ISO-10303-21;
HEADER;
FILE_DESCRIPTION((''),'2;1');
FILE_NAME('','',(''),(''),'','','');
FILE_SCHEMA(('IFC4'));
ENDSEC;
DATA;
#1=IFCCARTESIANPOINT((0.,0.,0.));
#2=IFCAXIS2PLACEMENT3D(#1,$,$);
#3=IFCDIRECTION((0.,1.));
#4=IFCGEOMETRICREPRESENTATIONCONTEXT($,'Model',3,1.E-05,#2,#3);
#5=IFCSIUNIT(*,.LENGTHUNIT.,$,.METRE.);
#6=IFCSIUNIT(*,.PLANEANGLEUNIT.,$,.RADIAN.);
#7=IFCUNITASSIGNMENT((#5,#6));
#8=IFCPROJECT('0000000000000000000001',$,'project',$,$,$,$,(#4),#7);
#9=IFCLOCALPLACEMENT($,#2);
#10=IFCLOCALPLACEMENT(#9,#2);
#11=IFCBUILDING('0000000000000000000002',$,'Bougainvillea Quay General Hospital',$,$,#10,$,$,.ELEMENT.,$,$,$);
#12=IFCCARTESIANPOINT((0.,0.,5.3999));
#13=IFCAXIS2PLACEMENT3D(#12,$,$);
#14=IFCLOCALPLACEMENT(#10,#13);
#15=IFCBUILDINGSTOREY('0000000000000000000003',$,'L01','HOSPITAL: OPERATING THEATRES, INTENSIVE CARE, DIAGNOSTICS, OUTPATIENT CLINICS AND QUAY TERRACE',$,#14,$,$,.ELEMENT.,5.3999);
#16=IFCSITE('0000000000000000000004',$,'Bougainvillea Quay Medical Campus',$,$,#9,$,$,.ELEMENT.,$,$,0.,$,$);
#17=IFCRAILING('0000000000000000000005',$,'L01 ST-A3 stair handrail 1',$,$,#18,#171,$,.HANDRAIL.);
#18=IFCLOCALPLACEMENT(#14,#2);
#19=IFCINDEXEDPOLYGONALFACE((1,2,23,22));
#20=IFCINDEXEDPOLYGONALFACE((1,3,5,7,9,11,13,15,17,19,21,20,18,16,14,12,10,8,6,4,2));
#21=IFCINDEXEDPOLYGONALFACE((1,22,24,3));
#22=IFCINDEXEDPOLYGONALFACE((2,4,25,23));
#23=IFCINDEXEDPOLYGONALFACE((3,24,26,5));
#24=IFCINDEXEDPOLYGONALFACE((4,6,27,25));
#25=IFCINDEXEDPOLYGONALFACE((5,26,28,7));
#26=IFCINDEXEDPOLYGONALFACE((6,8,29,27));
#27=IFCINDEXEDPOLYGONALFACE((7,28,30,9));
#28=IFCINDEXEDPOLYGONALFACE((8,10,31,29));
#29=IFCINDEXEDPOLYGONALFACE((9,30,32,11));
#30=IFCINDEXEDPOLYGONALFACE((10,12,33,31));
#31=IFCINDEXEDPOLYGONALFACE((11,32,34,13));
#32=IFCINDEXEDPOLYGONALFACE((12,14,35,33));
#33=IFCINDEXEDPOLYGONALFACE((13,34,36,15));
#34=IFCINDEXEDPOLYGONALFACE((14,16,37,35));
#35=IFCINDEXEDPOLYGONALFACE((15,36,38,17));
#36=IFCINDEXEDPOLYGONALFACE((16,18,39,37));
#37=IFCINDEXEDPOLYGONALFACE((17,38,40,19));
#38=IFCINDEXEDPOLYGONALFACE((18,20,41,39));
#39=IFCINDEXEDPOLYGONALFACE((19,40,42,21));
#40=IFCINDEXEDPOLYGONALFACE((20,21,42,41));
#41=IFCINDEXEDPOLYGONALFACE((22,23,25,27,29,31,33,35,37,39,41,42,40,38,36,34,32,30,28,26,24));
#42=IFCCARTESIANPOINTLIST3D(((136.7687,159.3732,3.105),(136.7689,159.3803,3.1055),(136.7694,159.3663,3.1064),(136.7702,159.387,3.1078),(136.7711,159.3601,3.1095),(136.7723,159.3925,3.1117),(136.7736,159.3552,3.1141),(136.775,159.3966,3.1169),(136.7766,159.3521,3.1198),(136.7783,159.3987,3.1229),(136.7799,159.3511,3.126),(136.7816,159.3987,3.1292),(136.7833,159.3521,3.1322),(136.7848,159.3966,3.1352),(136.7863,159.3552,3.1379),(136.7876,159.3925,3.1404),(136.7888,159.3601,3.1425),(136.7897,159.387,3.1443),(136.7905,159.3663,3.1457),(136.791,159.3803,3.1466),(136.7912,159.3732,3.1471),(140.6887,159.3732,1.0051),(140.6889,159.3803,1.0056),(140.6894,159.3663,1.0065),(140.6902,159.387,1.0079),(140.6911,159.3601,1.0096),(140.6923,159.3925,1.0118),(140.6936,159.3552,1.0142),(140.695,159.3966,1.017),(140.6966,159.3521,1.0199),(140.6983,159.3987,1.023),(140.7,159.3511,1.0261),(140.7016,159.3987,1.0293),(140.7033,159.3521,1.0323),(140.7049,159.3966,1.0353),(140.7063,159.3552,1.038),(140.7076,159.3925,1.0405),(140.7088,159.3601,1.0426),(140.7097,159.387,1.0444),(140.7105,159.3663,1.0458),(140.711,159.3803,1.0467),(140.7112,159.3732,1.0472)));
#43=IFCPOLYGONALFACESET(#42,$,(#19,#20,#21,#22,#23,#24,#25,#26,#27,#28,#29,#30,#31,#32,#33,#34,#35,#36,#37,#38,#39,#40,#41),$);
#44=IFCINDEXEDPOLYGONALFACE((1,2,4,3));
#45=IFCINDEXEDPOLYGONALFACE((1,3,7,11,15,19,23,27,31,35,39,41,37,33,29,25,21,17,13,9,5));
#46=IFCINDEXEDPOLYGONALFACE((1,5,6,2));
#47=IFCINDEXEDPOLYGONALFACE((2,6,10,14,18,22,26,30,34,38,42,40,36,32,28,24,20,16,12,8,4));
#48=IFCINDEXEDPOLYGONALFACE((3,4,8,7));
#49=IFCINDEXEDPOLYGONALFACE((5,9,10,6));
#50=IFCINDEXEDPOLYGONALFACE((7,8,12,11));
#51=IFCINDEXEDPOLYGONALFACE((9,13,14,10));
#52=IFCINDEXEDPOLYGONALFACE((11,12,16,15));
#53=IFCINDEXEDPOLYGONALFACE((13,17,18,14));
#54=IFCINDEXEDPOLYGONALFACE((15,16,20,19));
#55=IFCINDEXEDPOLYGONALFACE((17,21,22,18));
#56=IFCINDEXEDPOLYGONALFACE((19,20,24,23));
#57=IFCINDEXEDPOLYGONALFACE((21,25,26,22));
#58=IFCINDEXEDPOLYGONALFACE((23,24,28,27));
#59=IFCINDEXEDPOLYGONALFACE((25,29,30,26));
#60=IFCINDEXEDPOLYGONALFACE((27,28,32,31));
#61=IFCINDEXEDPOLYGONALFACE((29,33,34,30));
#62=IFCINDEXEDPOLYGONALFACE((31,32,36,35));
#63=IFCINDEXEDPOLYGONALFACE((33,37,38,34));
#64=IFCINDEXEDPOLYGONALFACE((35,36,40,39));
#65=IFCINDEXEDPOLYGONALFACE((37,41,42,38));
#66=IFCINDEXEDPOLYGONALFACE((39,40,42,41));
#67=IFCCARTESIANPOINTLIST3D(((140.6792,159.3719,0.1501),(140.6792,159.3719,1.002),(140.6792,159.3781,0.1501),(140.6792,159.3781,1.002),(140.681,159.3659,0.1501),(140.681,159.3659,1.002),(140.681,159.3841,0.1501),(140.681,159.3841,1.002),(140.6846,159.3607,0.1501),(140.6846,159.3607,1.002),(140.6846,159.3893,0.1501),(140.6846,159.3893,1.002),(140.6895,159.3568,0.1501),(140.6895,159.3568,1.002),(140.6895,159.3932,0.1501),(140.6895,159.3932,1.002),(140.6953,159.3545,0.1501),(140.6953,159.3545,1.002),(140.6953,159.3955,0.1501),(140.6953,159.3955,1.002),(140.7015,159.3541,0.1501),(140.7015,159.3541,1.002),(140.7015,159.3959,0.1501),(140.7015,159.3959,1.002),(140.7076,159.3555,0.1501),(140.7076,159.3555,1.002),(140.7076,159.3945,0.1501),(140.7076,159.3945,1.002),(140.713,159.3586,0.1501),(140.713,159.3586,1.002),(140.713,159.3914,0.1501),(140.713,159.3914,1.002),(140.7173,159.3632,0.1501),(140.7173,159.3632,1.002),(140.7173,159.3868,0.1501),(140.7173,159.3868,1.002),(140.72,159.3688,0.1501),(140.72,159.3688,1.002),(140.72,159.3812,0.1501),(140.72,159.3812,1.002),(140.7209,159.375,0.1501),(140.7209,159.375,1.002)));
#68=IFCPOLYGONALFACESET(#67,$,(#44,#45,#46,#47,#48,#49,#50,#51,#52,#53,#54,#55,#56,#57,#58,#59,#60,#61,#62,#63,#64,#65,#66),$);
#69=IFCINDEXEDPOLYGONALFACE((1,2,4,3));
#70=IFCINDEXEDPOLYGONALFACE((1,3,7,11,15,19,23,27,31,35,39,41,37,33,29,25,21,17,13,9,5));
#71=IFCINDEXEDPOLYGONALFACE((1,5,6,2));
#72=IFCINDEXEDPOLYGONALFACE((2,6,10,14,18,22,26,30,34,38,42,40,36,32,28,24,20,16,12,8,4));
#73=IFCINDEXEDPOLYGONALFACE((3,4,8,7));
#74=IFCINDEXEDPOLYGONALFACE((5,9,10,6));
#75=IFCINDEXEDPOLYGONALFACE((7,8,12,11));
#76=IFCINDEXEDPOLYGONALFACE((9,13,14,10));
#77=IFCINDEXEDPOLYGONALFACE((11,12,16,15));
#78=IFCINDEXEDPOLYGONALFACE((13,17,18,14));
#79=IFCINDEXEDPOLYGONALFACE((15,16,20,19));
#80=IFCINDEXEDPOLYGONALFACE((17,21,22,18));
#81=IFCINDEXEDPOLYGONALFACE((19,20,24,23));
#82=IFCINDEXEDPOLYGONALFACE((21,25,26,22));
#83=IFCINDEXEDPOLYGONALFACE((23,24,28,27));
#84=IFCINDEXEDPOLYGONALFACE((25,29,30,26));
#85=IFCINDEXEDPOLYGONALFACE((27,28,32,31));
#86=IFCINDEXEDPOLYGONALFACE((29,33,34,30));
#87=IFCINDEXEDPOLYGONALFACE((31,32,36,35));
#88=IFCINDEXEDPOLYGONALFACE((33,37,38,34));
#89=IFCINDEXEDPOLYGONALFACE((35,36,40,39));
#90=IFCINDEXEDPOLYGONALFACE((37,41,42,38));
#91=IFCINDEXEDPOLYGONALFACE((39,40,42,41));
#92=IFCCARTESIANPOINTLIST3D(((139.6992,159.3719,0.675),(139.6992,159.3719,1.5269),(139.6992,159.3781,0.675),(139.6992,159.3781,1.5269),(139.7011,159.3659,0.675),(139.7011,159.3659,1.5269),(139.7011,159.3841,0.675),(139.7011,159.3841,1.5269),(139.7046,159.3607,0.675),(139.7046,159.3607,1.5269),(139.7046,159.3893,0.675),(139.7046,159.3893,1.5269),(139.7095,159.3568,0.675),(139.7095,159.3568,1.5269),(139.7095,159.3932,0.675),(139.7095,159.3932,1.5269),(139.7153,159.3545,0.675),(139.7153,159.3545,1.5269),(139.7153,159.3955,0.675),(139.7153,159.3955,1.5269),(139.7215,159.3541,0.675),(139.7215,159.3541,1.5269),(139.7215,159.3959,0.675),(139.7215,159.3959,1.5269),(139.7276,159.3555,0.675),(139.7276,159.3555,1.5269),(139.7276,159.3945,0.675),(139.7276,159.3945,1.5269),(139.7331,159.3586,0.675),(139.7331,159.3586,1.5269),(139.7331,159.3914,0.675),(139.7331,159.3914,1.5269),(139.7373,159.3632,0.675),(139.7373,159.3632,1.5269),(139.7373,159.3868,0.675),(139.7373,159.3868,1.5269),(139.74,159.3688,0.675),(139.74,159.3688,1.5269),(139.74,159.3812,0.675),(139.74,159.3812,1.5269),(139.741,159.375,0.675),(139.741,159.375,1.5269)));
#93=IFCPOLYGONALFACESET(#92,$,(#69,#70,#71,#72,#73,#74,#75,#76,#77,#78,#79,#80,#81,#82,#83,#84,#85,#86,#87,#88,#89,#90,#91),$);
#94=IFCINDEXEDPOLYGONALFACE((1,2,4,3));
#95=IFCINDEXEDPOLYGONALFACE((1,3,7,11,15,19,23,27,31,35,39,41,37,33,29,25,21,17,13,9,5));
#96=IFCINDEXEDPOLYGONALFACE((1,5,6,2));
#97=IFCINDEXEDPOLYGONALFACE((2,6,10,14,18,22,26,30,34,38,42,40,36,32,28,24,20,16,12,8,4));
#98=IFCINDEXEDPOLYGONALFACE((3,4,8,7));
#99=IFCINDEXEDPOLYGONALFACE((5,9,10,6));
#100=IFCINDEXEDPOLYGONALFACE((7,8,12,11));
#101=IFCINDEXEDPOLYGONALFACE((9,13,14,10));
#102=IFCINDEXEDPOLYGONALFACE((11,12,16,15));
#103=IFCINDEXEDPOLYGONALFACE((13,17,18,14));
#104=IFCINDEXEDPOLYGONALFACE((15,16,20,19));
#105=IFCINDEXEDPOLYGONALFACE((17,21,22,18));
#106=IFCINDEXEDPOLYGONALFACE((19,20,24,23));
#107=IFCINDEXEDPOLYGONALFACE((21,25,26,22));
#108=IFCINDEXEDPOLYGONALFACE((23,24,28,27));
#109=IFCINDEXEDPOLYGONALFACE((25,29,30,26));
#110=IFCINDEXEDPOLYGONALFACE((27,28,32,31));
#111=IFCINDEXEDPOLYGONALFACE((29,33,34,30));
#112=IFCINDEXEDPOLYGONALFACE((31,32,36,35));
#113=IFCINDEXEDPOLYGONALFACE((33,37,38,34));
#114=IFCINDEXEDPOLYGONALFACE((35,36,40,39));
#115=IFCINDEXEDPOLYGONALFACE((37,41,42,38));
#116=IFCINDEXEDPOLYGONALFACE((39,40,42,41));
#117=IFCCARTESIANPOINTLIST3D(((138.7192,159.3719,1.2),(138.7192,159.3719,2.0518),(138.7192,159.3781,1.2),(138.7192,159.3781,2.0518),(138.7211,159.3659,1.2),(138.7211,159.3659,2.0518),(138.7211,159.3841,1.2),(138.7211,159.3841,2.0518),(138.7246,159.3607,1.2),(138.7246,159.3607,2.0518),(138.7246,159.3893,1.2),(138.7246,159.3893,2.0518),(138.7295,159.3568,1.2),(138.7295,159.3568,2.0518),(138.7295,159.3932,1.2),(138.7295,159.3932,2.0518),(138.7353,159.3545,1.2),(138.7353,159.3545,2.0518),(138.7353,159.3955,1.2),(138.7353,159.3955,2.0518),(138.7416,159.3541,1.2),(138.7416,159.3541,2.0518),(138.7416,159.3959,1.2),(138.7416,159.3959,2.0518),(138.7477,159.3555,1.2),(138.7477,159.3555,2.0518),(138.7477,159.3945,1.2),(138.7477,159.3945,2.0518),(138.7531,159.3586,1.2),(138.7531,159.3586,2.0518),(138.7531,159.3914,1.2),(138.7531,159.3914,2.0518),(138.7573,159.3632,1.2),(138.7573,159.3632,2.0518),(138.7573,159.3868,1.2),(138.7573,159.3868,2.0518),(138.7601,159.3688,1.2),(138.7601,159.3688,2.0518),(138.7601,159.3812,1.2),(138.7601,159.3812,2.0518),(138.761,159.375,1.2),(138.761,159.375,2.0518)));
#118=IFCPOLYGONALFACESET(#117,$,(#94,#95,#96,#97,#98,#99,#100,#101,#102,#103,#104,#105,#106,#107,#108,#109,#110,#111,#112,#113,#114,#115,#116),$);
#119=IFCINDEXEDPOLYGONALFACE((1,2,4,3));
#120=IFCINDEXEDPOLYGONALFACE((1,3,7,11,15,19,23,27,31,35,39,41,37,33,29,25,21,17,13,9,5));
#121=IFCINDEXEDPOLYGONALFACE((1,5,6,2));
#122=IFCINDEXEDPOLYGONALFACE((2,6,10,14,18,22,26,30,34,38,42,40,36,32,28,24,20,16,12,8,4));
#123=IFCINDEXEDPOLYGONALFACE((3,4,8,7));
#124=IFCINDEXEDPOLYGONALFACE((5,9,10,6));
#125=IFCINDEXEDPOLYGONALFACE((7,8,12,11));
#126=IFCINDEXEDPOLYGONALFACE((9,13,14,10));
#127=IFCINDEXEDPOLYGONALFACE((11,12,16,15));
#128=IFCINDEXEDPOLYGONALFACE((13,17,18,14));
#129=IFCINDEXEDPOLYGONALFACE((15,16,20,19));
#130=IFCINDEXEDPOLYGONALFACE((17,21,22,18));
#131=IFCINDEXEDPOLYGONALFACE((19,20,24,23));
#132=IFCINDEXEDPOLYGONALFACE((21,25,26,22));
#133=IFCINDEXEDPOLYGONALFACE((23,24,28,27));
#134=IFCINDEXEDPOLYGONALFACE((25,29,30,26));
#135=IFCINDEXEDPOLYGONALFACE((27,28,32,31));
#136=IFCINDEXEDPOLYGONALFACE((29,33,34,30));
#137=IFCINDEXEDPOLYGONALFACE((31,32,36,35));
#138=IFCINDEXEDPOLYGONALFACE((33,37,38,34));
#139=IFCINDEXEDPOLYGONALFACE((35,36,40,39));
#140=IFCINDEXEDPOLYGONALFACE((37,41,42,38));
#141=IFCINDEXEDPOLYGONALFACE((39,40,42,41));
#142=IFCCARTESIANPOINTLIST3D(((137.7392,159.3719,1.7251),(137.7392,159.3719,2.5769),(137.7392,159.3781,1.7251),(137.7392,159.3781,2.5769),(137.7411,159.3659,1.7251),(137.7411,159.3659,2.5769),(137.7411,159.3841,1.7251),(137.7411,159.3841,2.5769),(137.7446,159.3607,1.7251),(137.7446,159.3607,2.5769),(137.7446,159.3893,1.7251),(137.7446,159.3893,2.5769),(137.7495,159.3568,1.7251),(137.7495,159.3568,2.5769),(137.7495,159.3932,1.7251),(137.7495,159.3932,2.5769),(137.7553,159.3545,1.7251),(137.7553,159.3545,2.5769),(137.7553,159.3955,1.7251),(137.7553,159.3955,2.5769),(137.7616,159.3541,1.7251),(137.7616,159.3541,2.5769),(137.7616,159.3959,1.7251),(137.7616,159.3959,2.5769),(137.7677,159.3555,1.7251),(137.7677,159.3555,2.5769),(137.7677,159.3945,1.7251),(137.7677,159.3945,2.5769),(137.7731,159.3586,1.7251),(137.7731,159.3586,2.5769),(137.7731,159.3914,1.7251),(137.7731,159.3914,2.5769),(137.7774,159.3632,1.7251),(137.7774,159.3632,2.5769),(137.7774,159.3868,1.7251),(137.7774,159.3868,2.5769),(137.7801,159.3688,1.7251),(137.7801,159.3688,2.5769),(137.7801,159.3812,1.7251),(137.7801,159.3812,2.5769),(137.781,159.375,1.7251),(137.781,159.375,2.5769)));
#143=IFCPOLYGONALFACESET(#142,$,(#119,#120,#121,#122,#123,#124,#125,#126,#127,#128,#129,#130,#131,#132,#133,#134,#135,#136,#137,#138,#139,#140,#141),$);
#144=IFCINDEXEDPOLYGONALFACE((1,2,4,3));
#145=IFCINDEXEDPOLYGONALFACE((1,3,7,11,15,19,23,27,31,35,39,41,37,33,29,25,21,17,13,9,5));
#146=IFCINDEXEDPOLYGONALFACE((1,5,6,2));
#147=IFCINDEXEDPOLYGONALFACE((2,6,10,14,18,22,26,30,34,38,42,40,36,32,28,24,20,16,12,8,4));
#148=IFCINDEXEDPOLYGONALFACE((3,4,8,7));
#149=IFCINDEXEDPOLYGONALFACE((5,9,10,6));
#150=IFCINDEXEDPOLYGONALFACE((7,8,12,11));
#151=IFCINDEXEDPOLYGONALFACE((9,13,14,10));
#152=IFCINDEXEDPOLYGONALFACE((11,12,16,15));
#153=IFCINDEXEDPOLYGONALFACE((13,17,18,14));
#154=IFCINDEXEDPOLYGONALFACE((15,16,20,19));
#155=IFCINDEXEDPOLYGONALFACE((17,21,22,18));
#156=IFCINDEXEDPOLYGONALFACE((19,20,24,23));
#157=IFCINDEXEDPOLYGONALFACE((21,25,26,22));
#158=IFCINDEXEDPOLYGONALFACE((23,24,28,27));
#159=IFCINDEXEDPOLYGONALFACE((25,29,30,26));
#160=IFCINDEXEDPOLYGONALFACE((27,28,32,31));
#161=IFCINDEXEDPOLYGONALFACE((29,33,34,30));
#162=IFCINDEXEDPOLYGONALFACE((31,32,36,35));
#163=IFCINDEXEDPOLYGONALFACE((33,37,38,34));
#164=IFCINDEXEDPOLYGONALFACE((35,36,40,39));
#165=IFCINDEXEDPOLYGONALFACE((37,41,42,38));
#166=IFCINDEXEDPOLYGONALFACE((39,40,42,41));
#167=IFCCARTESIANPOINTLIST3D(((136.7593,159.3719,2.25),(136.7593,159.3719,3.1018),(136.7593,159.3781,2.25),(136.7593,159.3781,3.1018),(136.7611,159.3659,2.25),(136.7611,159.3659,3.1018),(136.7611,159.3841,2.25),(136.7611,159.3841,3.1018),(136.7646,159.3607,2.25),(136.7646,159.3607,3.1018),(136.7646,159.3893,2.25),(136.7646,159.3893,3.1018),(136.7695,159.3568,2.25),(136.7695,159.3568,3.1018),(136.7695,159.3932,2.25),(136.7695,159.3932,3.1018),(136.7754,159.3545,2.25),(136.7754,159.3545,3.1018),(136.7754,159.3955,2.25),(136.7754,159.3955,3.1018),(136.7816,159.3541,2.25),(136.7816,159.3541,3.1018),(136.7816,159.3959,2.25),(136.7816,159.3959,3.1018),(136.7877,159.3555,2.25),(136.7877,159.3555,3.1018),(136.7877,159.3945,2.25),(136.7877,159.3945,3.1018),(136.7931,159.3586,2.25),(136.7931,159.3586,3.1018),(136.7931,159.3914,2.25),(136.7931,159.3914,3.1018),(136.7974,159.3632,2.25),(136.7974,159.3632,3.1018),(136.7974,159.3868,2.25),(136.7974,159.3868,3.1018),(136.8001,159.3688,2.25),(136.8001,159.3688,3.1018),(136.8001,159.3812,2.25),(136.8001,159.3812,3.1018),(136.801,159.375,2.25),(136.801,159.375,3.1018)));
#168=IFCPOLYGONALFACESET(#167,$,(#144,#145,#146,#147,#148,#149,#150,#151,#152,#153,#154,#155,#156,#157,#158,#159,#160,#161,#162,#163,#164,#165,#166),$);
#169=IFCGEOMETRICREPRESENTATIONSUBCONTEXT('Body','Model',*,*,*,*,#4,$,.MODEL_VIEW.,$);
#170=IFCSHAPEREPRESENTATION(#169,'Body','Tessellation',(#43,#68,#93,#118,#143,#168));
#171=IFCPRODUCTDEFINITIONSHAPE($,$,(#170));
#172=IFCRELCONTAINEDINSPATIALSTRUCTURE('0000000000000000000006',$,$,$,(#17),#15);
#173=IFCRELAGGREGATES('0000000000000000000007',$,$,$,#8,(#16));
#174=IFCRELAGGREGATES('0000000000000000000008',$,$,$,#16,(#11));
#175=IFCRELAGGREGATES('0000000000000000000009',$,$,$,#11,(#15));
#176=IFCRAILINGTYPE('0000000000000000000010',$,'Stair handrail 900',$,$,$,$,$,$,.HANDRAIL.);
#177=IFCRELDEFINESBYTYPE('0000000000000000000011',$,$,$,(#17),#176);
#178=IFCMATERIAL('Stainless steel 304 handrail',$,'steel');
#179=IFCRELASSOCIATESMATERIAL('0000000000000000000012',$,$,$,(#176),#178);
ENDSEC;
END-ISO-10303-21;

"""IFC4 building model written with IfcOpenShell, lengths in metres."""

from ifc_helpers import new_model, si_unit, direction, frame, origin, origin_2d, place, context, subcontext, project, spatial, circle, extrude, material, type_object, element, save


model = new_model("IFC4")

# Units and contexts
model_context = context("Model", 3, precision=1e-05, world=origin(), true_north=direction((0.0, 1.0)))
body_context = subcontext(model_context, "Body", "Model", "MODEL_VIEW")
ifc_project = project(units=[si_unit("LENGTHUNIT", "METRE"), si_unit("PLANEANGLEUNIT", "RADIAN")], contexts=[model_context])

# Site, building, storey
site_placement = place(None, origin())
site = spatial("IfcSite", under=ifc_project, at=site_placement, Name="Bougainvillea Quay Medical Campus", CompositionType="ELEMENT", RefElevation=0.0)
building_placement = place(site_placement, origin())
building = spatial("IfcBuilding", under=site, at=building_placement, Name="Bougainvillea Quay General Hospital", CompositionType="ELEMENT")
storey_placement = place(building_placement, frame((0.0, 0.0, 5.3999)))
storey = spatial("IfcBuildingStorey", under=building, at=storey_placement, Name="L01", Description="HOSPITAL: OPERATING THEATRES, INTENSIVE CARE, DIAGNOSTICS, OUTPATIENT CLINICS AND QUAY TERRACE", CompositionType="ELEMENT", Elevation=5.3999)

# Railing
ifc_material_1 = material(Name="Stainless steel 304 handrail", Category="steel")
railing_type_1 = type_object("IfcRailingType", Name="Stair handrail 900", PredefinedType="HANDRAIL", material=ifc_material_1)
railing_1_placement = place(storey_placement, frame((140.7, 159.375, 0.1501)))
element("IfcRailing", 1, at=railing_1_placement, inside=storey, type_object=railing_type_1, Name="L01 ST-A3 stair handrail 1", PredefinedType="HANDRAIL", context=body_context, shape_type="SweptSolid", body=[
    extrude(circle(Radius=0.0239, at=origin_2d()), frame((0.0, 0.0, 0.876), z_axis=(-0.88149, 0.0, 0.472203), x_axis=(0.0, -1.0, 0.0)), (0.0, 0.0, 1.0), 4.447),
    extrude(circle(Radius=0.021, at=origin_2d()), origin(), (0.0, 0.0, 1.0), 0.8518),
    extrude(circle(Radius=0.021, at=origin_2d()), frame((-0.98, 0.0, 0.5249)), (0.0, 0.0, 1.0), 0.8518),
    extrude(circle(Radius=0.021, at=origin_2d()), frame((-1.96, 0.0, 1.0498)), (0.0, 0.0, 1.0), 0.8518),
    extrude(circle(Radius=0.021, at=origin_2d()), frame((-2.9399, 0.0, 1.575)), (0.0, 0.0, 1.0), 0.8518),
    extrude(circle(Radius=0.021, at=origin_2d()), frame((-3.9199, 0.0, 2.0999)), (0.0, 0.0, 1.0), 0.8518),
])

save(model, "model.ifc")
